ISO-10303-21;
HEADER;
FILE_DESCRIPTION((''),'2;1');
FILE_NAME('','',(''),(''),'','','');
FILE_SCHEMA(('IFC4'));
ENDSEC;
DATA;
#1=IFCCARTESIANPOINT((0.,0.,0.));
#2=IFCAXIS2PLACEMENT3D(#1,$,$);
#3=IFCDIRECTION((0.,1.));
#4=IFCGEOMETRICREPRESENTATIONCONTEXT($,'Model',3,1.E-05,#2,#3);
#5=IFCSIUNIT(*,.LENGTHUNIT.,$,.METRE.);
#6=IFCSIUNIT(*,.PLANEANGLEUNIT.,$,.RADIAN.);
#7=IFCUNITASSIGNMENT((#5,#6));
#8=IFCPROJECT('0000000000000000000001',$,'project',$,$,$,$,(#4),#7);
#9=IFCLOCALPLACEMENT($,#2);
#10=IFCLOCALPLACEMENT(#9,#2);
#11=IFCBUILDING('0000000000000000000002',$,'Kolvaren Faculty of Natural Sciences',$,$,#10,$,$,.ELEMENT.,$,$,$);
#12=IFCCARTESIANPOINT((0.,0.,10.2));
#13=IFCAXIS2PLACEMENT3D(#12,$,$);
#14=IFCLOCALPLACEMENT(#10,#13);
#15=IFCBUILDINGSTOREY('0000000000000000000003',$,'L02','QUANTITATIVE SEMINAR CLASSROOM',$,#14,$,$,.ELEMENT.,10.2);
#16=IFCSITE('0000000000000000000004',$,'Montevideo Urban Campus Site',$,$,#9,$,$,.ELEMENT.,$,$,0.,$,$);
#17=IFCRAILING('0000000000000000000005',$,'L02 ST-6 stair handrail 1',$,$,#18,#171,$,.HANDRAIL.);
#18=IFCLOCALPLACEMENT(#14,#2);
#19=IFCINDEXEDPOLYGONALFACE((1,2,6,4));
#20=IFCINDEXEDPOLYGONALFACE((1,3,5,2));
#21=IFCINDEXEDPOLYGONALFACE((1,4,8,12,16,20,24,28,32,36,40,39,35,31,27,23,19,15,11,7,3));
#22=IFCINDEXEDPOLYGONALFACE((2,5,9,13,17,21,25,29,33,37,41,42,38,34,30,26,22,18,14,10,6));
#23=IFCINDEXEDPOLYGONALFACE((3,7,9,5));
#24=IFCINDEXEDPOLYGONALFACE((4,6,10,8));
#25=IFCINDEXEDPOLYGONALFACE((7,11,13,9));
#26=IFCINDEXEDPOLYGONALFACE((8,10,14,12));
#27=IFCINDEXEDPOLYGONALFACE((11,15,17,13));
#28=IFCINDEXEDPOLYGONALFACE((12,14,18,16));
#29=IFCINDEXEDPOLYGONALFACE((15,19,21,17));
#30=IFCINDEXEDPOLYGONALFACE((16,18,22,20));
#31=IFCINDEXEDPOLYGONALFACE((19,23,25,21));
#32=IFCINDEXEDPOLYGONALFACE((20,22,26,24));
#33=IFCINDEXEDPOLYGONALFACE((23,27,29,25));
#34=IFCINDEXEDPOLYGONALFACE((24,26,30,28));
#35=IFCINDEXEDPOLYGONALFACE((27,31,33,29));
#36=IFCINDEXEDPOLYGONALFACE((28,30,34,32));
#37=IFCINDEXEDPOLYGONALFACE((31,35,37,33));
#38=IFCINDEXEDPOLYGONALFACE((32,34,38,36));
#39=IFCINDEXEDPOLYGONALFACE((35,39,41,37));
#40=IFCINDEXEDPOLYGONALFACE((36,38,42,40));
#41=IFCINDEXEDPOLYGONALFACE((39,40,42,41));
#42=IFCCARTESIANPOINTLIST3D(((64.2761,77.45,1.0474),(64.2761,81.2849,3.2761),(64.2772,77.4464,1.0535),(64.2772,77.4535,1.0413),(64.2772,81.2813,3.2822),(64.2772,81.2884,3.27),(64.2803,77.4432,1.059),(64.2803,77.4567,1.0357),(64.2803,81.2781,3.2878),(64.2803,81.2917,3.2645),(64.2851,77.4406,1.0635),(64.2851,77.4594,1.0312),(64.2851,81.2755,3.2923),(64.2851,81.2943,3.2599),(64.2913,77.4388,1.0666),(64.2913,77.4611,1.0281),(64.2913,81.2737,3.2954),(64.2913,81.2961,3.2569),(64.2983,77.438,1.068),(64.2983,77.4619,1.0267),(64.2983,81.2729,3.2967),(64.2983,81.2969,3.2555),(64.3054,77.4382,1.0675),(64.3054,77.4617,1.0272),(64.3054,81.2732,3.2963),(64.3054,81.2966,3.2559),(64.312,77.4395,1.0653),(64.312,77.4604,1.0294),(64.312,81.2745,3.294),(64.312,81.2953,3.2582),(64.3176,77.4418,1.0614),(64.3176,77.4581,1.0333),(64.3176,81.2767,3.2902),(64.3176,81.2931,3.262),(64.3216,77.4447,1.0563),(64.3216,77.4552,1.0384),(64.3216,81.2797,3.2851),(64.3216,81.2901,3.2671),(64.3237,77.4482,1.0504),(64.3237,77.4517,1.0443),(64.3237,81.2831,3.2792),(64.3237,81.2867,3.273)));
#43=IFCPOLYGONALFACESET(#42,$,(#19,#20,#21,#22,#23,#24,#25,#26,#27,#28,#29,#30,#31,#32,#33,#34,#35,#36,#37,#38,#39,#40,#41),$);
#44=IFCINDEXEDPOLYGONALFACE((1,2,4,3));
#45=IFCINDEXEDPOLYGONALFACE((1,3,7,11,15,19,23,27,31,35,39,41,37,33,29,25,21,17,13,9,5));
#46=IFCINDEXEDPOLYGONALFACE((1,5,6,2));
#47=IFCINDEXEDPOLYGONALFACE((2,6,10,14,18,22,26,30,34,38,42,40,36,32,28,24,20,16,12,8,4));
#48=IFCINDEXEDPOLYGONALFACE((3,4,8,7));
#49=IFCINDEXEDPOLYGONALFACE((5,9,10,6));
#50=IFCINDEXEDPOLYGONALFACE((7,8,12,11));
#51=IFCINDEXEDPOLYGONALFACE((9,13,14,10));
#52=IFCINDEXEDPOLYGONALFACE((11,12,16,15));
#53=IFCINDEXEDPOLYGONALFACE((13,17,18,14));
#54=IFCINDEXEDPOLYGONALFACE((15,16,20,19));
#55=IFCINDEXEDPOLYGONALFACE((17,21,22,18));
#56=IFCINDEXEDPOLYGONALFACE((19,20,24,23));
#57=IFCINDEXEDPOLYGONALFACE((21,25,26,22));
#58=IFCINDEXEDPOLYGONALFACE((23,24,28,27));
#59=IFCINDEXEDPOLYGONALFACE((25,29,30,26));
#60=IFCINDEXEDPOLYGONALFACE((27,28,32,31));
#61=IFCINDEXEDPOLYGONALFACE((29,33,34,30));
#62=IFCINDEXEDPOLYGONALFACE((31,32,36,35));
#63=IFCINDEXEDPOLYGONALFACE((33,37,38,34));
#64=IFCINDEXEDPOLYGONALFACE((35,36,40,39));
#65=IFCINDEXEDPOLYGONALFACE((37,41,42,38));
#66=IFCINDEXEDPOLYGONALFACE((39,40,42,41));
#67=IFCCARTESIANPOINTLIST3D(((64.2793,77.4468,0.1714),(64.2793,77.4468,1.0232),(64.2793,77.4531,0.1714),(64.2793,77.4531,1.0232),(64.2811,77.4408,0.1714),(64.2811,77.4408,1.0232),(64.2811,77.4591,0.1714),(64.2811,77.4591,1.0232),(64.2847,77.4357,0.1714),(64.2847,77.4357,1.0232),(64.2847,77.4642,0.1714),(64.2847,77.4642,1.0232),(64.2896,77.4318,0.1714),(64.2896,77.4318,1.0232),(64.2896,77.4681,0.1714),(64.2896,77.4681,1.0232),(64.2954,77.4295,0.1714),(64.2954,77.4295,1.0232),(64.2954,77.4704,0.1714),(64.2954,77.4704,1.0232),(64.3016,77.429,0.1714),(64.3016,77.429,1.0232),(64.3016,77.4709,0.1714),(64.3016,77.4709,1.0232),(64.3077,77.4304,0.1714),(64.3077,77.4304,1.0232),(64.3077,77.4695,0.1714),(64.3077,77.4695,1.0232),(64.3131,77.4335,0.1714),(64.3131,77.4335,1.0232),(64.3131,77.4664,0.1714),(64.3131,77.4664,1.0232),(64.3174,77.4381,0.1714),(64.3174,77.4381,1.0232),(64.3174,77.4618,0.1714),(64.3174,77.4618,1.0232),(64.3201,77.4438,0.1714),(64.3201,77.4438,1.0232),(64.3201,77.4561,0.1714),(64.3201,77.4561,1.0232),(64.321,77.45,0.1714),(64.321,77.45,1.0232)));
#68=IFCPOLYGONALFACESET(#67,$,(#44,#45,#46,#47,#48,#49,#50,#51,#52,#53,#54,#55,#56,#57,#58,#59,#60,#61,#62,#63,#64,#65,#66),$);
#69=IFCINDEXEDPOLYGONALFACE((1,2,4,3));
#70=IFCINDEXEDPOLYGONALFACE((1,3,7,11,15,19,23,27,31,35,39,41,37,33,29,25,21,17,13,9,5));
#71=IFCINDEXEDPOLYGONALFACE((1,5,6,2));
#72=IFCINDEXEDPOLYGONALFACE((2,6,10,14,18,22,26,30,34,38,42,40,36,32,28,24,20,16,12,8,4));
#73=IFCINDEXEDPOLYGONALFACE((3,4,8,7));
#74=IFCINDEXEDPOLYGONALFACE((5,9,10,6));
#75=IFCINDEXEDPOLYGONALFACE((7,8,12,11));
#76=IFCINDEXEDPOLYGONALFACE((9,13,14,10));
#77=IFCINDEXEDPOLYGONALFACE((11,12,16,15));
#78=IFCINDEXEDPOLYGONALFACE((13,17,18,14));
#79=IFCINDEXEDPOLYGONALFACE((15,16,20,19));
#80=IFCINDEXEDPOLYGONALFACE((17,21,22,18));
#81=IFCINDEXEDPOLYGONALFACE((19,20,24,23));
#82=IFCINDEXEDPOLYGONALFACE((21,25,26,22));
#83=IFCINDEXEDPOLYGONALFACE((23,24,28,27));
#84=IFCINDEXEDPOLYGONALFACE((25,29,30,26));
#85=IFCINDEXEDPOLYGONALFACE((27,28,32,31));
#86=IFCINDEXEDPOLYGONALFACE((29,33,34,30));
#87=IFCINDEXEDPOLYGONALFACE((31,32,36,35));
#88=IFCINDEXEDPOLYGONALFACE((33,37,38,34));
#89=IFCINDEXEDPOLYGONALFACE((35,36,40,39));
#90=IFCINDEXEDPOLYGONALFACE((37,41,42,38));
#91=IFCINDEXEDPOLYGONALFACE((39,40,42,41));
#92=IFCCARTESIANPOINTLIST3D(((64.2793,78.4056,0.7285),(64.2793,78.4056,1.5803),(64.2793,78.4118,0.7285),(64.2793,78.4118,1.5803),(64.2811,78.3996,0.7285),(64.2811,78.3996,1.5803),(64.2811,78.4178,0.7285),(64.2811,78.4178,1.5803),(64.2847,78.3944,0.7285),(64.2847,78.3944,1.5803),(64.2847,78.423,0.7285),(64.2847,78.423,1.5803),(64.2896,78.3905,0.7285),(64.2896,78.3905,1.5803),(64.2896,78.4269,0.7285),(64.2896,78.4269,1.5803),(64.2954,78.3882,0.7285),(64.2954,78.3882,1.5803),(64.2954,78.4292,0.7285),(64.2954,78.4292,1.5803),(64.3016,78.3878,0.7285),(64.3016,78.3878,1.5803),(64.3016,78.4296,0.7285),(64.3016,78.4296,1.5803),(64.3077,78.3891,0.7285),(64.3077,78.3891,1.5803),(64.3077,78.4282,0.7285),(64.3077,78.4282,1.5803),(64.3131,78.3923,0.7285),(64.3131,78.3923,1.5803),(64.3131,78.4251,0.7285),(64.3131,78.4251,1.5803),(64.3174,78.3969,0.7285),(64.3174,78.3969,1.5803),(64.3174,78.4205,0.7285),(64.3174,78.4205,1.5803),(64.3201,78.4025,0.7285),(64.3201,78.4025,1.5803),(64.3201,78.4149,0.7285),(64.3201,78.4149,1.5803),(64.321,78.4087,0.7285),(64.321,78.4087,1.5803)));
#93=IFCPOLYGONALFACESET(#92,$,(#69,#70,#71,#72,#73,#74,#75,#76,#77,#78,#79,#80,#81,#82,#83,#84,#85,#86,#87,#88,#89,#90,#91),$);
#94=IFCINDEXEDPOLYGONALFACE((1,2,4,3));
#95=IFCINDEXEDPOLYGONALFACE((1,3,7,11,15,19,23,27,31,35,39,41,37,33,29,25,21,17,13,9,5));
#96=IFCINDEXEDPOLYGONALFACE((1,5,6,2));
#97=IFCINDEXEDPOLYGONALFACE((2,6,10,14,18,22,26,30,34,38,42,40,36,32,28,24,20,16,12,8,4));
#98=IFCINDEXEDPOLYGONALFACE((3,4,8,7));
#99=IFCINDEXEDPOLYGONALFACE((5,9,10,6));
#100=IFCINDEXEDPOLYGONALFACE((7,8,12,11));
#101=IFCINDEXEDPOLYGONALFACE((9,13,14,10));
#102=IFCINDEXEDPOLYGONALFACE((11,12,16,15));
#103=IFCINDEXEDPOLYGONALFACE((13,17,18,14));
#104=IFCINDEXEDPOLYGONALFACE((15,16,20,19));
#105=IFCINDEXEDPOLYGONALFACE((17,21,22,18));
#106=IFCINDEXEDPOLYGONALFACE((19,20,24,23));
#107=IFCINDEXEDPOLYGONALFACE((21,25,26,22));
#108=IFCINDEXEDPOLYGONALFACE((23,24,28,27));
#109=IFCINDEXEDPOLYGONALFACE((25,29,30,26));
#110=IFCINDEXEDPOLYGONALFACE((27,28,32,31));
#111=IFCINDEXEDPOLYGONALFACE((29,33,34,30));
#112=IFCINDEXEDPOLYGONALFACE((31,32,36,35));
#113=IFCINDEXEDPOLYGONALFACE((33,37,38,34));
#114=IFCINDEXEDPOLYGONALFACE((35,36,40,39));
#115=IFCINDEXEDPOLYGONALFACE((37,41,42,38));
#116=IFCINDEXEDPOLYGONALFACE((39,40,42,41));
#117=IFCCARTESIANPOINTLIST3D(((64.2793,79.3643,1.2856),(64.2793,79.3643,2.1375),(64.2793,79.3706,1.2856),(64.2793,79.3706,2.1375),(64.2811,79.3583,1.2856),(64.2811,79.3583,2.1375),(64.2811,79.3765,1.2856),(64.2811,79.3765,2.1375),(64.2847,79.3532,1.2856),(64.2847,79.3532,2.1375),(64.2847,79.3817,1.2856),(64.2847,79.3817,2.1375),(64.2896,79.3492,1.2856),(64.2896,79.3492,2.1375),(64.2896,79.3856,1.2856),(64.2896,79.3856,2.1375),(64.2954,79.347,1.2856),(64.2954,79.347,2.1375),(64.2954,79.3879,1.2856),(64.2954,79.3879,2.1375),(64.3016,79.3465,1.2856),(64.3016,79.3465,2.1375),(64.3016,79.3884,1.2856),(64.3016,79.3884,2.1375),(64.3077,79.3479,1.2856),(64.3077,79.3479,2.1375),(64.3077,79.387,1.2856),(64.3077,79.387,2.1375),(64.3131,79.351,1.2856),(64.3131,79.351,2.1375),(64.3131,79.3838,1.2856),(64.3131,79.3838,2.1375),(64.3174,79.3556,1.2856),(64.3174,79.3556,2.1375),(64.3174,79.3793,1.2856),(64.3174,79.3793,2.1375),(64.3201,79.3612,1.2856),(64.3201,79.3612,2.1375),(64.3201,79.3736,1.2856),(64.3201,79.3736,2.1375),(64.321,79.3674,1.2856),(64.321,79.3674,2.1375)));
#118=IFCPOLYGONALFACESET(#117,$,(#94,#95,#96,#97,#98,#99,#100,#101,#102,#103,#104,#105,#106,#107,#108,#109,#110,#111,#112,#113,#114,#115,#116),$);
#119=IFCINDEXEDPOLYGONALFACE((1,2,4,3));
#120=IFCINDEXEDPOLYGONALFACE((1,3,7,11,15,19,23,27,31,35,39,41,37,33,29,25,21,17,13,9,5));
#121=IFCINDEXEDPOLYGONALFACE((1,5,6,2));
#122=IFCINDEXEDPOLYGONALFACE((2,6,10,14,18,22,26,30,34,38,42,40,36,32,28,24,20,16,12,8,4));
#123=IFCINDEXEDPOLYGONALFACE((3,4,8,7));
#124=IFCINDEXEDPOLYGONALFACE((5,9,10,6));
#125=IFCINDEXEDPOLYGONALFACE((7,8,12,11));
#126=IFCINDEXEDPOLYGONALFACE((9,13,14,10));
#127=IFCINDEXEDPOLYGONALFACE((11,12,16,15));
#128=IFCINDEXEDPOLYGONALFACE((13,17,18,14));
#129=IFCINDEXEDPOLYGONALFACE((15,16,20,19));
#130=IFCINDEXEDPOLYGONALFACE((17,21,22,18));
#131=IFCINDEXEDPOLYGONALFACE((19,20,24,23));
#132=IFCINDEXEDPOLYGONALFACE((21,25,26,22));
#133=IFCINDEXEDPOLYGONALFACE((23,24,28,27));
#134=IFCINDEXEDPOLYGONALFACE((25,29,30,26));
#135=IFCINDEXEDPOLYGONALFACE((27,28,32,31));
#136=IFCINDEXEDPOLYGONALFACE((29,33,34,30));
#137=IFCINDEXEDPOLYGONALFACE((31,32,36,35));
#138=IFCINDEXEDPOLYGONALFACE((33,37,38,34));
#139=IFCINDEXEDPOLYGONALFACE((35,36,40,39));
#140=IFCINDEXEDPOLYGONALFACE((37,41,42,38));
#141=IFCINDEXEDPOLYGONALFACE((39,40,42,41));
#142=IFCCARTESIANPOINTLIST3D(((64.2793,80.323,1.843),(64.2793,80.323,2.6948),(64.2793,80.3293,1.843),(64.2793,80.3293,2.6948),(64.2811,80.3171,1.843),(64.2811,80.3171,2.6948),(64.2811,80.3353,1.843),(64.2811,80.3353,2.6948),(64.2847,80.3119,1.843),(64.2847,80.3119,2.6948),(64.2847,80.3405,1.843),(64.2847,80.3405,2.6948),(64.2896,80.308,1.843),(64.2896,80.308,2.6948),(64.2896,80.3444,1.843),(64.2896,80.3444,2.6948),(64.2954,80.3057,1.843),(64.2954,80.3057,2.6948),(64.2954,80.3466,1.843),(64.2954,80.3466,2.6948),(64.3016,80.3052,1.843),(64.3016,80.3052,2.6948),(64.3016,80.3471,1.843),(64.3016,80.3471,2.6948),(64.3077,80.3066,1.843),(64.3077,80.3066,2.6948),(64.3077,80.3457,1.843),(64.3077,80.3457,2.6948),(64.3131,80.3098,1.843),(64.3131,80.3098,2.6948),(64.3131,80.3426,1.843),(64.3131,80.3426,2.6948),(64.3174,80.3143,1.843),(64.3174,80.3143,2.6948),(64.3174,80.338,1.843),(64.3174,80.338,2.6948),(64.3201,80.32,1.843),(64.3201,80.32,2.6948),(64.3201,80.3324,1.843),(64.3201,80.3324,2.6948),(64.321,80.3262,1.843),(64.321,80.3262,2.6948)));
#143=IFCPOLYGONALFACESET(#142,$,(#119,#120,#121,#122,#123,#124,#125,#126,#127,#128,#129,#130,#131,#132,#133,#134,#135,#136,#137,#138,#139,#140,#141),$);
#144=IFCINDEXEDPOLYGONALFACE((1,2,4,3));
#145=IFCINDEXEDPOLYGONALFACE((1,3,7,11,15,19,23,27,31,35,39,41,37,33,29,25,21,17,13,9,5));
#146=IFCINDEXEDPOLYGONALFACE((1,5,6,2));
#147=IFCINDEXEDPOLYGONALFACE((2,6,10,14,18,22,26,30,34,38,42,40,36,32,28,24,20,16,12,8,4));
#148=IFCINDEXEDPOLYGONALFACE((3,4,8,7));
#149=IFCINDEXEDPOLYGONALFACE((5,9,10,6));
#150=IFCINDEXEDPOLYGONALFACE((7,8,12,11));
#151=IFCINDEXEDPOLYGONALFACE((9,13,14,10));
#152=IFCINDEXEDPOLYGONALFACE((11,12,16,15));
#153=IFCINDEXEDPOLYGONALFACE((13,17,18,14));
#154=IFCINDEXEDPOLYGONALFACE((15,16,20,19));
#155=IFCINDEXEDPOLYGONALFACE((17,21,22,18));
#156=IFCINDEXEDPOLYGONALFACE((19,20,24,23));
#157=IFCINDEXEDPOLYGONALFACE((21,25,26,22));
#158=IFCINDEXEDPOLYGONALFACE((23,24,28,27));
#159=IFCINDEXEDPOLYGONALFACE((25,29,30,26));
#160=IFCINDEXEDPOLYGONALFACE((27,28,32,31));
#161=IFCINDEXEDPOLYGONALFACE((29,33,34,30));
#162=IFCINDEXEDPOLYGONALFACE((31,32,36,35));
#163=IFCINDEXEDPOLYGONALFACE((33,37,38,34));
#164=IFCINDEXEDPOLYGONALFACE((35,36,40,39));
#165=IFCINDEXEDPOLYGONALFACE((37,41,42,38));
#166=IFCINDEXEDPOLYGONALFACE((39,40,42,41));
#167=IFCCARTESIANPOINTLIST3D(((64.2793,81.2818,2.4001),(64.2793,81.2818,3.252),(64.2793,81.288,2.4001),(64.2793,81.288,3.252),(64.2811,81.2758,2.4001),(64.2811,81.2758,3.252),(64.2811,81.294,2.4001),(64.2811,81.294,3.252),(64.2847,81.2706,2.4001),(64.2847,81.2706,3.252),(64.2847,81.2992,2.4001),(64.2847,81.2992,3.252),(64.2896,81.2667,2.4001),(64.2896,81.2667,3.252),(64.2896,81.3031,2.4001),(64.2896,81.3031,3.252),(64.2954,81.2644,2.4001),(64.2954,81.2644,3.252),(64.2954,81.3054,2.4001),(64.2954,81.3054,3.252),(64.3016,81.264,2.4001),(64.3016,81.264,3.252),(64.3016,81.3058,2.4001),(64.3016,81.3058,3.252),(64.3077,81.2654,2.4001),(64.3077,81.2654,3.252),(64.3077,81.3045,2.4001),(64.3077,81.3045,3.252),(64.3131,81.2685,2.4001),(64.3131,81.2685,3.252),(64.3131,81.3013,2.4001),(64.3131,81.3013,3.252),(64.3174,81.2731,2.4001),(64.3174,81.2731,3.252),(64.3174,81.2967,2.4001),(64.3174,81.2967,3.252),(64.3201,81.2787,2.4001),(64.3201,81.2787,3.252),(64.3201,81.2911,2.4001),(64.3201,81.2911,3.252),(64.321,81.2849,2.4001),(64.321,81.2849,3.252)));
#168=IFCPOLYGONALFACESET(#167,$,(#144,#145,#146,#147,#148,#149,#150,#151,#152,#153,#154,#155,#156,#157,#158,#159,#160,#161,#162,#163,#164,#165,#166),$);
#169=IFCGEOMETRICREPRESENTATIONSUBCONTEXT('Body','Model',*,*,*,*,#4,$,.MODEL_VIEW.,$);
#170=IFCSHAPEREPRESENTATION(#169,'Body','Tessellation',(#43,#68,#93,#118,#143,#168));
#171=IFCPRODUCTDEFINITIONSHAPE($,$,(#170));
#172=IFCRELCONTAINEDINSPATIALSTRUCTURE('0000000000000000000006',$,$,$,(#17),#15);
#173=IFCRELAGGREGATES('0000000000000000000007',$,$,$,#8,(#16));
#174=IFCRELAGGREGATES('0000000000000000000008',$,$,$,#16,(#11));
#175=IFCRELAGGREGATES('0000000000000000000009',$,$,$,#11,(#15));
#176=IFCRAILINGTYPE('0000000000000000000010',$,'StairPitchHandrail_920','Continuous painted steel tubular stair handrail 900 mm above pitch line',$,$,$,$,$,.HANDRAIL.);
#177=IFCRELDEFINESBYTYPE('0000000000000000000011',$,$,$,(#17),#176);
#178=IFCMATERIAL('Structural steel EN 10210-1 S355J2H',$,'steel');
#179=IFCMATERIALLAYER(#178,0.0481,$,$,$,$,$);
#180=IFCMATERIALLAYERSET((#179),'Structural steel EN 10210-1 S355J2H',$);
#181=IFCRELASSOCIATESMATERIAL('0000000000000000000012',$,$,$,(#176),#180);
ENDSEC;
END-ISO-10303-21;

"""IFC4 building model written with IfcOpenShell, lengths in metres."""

from ifc_helpers import new_model, si_unit, direction, frame, origin, origin_2d, place, context, subcontext, project, spatial, circle, extrude, material, layer, layer_set, type_object, element, save


model = new_model("IFC4")

# Units and contexts
model_context = context("Model", 3, precision=1e-05, world=origin(), true_north=direction((0.0, 1.0)))
body_context = subcontext(model_context, "Body", "Model", "MODEL_VIEW")
ifc_project = project(units=[si_unit("LENGTHUNIT", "METRE"), si_unit("PLANEANGLEUNIT", "RADIAN")], contexts=[model_context])

# Site, building, storey
site_placement = place(None, origin())
site = spatial("IfcSite", under=ifc_project, at=site_placement, Name="Montevideo Urban Campus Site", CompositionType="ELEMENT", RefElevation=0.0)
building_placement = place(site_placement, origin())
building = spatial("IfcBuilding", under=site, at=building_placement, Name="Kolvaren Faculty of Natural Sciences", CompositionType="ELEMENT")
storey_placement = place(building_placement, frame((0.0, 0.0, 10.2)))
storey = spatial("IfcBuildingStorey", under=building, at=storey_placement, Name="L02", Description="QUANTITATIVE SEMINAR CLASSROOM", CompositionType="ELEMENT", Elevation=10.2)

# Railing
ifc_material_1 = material(Name="Structural steel EN 10210-1 S355J2H", Category="steel")
ifc_layer_1 = layer(ifc_material_1, 0.0481)
ifc_layer_set_1 = layer_set([ifc_layer_1], Name="Structural steel EN 10210-1 S355J2H")
railing_type_1 = type_object("IfcRailingType", Name="StairPitchHandrail_920", Description="Continuous painted steel tubular stair handrail 900 mm above pitch line", PredefinedType="HANDRAIL", material=ifc_layer_set_1)
railing_1_placement = place(storey_placement, frame((64.3, 77.45, 0.1714)))
element("IfcRailing", 1, at=railing_1_placement, inside=storey, type_object=railing_type_1, Name="L02 ST-6 stair handrail 1", PredefinedType="HANDRAIL", context=body_context, shape_type="SweptSolid", body=[
    extrude(circle(Radius=0.0239, at=origin_2d()), frame((0.0, 0.0, 0.876), z_axis=(0.0, 0.864592, 0.502474), x_axis=(-1.0, 0.0, 0.0)), (0.0, 0.0, 1.0), 4.4355),
    extrude(circle(Radius=0.021, at=origin_2d()), origin(), (0.0, 0.0, 1.0), 0.8518),
    extrude(circle(Radius=0.021, at=origin_2d()), frame((0.0, 0.9587, 0.5571)), (0.0, 0.0, 1.0), 0.8518),
    extrude(circle(Radius=0.021, at=origin_2d()), frame((0.0, 1.9175, 1.1143)), (0.0, 0.0, 1.0), 0.8518),
    extrude(circle(Radius=0.021, at=origin_2d()), frame((0.0, 2.8762, 1.6716)), (0.0, 0.0, 1.0), 0.8518),
    extrude(circle(Radius=0.021, at=origin_2d()), frame((0.0, 3.835, 2.2288)), (0.0, 0.0, 1.0), 0.8518),
])

save(model, "model.ifc")
